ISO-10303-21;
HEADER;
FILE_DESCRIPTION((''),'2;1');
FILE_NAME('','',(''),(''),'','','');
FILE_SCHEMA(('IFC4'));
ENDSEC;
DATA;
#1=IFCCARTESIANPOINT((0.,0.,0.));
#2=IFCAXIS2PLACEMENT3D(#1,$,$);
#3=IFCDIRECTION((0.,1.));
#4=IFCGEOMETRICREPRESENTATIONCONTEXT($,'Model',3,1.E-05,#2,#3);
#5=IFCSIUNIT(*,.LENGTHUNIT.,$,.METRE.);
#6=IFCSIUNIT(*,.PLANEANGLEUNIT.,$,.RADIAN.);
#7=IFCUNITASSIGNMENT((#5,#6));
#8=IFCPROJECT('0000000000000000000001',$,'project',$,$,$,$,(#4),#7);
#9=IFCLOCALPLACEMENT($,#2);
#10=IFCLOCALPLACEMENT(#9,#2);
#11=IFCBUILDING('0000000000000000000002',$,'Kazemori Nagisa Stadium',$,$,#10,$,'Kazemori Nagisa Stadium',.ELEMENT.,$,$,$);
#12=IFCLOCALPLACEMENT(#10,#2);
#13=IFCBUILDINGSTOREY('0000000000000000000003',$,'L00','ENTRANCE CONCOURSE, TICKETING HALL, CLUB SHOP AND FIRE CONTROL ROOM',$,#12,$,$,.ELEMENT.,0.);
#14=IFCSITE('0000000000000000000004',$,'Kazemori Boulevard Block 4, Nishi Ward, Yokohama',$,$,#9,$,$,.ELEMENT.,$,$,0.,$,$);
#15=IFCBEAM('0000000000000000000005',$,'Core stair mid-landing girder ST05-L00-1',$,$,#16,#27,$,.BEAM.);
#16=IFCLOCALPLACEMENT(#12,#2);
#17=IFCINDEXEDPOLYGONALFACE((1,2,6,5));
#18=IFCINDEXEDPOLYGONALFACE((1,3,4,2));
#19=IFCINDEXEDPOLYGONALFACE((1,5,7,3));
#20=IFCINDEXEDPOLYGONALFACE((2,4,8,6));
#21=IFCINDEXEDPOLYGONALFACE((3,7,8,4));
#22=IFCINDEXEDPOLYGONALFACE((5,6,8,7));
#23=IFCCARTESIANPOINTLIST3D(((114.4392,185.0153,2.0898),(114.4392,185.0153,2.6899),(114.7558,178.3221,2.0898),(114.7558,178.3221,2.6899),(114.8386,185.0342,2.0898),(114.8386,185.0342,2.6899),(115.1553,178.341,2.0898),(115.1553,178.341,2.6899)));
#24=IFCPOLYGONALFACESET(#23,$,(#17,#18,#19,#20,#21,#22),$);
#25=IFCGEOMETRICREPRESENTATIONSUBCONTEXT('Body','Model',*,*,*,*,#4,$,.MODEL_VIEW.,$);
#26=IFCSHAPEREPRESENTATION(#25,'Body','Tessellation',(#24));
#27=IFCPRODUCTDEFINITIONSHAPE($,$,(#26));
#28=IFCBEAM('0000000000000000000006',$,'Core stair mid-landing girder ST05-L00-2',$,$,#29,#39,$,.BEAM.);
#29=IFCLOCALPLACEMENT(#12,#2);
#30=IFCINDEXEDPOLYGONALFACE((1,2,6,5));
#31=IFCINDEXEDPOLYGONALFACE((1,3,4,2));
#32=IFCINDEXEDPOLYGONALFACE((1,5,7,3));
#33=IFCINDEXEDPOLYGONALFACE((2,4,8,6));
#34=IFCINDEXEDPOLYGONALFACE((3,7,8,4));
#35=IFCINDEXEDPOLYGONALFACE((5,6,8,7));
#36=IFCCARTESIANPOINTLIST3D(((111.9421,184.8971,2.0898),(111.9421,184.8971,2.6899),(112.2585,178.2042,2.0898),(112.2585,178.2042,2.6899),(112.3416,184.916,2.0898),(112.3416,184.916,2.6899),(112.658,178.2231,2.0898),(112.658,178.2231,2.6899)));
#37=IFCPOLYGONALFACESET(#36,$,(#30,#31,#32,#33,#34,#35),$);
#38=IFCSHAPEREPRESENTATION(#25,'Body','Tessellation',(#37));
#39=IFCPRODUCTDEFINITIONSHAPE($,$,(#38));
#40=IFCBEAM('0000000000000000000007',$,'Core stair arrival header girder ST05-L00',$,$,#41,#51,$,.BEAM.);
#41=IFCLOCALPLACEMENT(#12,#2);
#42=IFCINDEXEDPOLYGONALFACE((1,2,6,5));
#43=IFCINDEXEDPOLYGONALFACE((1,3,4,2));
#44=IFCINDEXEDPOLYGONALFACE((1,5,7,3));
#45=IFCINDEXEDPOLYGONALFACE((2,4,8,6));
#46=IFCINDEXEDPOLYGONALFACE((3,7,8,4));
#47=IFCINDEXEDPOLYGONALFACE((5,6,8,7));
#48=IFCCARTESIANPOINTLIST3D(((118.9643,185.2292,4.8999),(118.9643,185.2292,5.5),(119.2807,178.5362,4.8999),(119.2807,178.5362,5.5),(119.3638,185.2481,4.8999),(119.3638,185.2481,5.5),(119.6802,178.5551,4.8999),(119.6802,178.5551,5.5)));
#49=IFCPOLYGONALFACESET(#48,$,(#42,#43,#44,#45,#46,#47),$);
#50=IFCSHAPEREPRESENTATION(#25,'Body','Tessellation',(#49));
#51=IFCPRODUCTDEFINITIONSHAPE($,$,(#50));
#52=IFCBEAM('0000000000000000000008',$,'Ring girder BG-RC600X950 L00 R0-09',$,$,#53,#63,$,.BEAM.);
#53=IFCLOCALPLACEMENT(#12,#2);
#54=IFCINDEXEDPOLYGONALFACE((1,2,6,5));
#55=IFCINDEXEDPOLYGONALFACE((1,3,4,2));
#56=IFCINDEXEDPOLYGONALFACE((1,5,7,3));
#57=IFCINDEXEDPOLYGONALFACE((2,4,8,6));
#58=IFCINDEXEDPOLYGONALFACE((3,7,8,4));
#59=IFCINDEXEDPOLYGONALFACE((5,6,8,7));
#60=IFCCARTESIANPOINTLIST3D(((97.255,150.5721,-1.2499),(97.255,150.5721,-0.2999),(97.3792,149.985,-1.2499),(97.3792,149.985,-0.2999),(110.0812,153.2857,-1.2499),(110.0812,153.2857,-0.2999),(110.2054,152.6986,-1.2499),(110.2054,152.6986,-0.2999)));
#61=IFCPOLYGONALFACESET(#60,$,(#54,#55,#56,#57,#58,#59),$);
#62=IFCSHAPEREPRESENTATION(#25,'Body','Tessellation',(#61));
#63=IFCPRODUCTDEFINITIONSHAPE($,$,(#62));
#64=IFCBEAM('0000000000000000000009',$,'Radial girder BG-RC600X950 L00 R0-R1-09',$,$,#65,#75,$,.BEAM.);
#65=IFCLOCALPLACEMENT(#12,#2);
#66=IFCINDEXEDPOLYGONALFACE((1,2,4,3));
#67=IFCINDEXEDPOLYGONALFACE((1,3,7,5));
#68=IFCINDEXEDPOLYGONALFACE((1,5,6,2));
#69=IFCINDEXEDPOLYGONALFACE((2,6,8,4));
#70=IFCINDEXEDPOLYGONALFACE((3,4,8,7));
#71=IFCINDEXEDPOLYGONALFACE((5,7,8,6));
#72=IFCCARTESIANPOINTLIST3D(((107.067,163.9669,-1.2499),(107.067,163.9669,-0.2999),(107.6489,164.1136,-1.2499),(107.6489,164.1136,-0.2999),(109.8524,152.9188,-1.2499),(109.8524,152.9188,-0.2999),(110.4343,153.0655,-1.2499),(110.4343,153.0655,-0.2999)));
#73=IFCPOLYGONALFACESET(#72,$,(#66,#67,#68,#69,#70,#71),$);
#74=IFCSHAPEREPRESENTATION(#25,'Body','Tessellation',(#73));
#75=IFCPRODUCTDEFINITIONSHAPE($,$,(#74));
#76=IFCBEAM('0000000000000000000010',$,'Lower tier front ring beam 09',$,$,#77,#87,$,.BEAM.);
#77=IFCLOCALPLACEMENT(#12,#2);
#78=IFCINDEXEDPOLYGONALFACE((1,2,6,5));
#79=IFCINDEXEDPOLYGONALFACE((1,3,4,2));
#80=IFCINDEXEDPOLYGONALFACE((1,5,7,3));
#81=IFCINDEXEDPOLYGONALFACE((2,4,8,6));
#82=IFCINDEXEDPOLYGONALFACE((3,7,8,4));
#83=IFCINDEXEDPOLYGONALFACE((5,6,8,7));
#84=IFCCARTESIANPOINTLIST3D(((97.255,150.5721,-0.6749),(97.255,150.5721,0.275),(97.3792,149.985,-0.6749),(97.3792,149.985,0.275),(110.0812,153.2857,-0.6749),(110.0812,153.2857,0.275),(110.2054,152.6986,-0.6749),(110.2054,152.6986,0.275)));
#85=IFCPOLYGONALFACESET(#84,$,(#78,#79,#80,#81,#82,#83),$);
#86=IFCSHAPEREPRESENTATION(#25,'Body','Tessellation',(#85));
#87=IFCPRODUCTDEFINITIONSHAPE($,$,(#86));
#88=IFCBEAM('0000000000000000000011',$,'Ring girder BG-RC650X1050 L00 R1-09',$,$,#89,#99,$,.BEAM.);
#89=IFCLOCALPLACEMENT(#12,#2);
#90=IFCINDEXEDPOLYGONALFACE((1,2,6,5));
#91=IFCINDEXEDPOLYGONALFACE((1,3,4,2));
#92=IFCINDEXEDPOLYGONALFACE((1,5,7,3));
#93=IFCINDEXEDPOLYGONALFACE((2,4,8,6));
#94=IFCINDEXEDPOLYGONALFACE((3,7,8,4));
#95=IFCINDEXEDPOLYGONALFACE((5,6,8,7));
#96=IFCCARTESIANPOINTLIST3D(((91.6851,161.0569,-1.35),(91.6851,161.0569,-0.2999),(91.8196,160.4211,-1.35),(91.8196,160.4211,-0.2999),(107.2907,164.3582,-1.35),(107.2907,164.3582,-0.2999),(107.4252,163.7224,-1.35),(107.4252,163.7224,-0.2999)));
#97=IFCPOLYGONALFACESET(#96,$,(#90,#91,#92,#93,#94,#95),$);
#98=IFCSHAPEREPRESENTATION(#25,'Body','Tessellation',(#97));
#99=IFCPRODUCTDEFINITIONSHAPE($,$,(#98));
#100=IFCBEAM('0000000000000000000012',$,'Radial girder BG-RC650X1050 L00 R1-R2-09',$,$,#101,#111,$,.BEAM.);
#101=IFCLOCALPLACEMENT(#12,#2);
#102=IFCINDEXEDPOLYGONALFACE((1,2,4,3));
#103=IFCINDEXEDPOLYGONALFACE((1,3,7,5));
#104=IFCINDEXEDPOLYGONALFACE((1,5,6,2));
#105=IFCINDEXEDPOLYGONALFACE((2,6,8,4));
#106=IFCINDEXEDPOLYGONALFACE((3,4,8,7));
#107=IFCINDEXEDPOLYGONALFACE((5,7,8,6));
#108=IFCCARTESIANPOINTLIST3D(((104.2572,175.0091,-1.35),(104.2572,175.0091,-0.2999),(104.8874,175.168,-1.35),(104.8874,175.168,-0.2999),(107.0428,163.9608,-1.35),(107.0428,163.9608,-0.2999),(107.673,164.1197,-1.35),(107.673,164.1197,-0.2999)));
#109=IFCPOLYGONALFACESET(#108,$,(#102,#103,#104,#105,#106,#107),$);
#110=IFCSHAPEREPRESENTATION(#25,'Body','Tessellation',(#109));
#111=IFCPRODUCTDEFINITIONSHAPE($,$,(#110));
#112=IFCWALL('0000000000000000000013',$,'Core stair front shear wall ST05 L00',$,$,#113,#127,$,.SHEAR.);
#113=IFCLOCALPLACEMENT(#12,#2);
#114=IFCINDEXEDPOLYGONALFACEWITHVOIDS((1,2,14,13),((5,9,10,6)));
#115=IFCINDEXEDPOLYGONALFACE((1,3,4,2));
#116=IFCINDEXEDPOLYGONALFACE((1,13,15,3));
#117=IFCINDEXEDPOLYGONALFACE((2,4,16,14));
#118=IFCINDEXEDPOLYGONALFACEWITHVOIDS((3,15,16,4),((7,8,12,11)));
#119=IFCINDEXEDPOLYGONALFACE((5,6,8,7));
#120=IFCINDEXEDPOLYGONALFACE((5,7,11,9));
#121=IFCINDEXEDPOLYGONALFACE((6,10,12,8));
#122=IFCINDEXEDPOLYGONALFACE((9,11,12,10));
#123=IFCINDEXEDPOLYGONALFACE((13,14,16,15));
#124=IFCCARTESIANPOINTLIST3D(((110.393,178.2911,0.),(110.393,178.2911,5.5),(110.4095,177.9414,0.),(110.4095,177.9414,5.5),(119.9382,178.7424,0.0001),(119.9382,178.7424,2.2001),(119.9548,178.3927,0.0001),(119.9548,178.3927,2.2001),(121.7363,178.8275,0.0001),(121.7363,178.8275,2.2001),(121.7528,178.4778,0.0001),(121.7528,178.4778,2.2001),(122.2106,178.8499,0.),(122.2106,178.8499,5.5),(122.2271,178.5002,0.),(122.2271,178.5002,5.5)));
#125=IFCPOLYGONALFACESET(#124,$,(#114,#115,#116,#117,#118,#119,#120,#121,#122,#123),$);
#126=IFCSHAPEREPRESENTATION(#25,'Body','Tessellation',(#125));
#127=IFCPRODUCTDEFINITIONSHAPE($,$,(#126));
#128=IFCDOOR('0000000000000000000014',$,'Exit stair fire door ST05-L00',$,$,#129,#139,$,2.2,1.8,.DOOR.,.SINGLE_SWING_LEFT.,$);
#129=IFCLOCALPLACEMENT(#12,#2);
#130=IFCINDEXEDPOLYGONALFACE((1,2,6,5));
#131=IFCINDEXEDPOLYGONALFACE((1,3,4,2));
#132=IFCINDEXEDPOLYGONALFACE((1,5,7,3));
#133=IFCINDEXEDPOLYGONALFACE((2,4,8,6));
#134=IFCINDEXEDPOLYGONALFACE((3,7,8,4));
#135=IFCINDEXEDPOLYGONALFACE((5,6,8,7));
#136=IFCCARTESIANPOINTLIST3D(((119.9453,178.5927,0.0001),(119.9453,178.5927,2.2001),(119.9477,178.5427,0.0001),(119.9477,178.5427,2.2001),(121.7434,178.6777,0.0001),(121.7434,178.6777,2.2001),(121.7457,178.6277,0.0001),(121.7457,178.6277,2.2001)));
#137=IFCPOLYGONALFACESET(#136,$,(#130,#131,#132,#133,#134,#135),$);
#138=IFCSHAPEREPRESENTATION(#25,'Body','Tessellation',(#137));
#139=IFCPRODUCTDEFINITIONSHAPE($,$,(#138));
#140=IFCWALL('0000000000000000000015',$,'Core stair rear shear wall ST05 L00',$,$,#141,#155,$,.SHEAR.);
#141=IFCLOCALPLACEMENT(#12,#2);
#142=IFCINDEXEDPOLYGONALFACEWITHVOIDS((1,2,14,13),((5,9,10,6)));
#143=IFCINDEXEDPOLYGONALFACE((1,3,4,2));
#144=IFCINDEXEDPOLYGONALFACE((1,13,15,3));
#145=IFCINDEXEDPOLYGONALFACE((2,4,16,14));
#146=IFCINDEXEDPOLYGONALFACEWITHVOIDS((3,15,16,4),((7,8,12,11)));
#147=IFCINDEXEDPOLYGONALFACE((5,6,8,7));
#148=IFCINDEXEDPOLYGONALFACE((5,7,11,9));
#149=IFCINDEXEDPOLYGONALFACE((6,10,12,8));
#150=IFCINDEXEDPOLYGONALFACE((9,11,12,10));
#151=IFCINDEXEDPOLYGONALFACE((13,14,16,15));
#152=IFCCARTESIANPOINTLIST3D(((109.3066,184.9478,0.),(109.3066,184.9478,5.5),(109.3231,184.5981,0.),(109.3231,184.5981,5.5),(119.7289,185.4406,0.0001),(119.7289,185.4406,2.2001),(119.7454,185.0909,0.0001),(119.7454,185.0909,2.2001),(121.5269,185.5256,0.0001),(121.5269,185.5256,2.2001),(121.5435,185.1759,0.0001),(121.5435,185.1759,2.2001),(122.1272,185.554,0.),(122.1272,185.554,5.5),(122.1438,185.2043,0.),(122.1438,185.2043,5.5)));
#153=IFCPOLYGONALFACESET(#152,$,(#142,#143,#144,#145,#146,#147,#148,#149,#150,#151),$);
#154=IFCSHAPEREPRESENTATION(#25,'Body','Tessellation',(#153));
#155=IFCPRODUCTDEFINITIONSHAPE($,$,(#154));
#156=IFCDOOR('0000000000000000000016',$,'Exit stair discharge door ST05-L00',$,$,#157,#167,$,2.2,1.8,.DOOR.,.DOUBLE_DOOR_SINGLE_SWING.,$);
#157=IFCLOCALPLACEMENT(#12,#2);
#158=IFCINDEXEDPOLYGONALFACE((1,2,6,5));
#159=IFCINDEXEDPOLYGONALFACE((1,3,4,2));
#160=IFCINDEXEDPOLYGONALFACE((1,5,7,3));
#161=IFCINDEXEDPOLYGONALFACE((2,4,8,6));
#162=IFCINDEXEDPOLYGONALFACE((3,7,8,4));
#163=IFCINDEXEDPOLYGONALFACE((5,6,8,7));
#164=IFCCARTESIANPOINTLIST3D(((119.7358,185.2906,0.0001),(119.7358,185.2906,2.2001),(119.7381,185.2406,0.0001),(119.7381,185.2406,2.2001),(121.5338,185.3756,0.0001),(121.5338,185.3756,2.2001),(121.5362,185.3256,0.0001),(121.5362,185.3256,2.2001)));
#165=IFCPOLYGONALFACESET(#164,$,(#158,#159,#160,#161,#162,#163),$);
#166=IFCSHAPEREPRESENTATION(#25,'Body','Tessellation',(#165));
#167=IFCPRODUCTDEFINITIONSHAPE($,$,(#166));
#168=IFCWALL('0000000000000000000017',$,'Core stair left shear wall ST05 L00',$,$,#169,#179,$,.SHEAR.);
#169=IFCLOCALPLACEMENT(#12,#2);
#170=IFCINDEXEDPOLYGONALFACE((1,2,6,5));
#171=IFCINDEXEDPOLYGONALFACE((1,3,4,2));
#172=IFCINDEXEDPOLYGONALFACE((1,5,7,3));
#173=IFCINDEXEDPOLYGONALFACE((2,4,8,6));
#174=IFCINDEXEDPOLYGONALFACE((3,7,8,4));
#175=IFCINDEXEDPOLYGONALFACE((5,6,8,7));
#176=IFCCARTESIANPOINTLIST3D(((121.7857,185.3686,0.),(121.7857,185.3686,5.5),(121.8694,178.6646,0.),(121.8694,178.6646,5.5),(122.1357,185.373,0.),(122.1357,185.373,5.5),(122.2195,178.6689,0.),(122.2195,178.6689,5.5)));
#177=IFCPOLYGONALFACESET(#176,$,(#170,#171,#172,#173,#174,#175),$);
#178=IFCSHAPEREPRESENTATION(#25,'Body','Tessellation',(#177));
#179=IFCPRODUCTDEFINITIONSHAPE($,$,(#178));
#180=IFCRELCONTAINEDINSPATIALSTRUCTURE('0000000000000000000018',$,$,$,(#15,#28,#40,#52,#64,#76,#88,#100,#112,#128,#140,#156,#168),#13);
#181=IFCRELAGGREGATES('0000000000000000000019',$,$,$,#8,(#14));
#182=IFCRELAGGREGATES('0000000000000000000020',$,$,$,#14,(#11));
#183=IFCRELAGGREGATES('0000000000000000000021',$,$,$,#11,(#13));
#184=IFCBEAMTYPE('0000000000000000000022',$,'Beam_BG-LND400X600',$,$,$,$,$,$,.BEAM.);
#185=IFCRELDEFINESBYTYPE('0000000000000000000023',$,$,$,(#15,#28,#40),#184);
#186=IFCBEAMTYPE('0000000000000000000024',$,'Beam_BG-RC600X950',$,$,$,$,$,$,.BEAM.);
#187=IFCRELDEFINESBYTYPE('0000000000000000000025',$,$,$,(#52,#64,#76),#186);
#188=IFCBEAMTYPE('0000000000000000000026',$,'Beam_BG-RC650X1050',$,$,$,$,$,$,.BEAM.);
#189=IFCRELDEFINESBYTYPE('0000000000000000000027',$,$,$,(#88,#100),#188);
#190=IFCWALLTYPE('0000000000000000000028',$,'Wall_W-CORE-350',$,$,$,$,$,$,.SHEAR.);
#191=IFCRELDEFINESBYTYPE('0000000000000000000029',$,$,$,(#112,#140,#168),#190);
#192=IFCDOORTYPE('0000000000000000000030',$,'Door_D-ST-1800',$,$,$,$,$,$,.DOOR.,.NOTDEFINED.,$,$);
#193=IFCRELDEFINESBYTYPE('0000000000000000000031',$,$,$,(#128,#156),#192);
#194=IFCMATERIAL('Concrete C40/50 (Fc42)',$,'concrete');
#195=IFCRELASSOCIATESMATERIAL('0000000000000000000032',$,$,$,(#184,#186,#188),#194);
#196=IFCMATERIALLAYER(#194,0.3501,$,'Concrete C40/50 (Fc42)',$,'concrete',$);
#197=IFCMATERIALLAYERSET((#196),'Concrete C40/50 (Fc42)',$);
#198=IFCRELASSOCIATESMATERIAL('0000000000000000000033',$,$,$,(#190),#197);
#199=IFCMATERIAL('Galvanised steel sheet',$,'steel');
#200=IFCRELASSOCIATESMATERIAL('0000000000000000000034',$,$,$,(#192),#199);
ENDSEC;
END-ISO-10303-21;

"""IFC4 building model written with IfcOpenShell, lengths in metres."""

from ifc_helpers import new_model, si_unit, direction, frame, frame_2d, origin, origin_2d, place, context, subcontext, project, spatial, rectangle, extrude, material, layer, layer_set, material_profile, profile_set, type_object, element, fill, save


model = new_model("IFC4")

# Units and contexts
model_context = context("Model", 3, precision=1e-05, world=origin(), true_north=direction((0.0, 1.0)))
body_context = subcontext(model_context, "Body", "Model", "MODEL_VIEW")
ifc_project = project(units=[si_unit("LENGTHUNIT", "METRE"), si_unit("PLANEANGLEUNIT", "RADIAN")], contexts=[model_context])

# Site, building, storey
site_placement = place(None, origin())
site = spatial("IfcSite", under=ifc_project, at=site_placement, Name="Kazemori Boulevard Block 4, Nishi Ward, Yokohama", CompositionType="ELEMENT", RefElevation=0.0)
building_placement = place(site_placement, origin())
building = spatial("IfcBuilding", under=site, at=building_placement, Name="Kazemori Nagisa Stadium", LongName="Kazemori Nagisa Stadium", CompositionType="ELEMENT")
storey_placement = place(building_placement, origin())
storey = spatial("IfcBuildingStorey", under=building, at=storey_placement, Name="L00", Description="ENTRANCE CONCOURSE, TICKETING HALL, CLUB SHOP AND FIRE CONTROL ROOM", CompositionType="ELEMENT", Elevation=0.0)

# Beams
ifc_material_1 = material(Name="Concrete C40/50 (Fc42)", Category="concrete")
ifc_material_profile_1 = material_profile(ifc_material_1, rectangle(XDim=0.3999, YDim=0.6001, at=origin_2d()), Name="RC-BM-400x600")
ifc_profile_set_1 = profile_set([ifc_material_profile_1], Name="Concrete C40/50 (Fc42)")
beam_type_1 = type_object("IfcBeamType", Name="Beam_BG-LND400X600", PredefinedType="BEAM", material=ifc_profile_set_1)
beam_1_placement = place(storey_placement, frame((114.9556, 178.3315, 2.3899), z_axis=(-0.047257, 0.998883, 0.0), x_axis=(-0.998883, -0.047257, 0.0)))
element("IfcBeam", 1, at=beam_1_placement, inside=storey, type_object=beam_type_1, Name="Core stair mid-landing girder ST05-L00-1", PredefinedType="BEAM", context=body_context, shape_type="SweptSolid", body=[
    extrude(rectangle(XDim=0.3999, YDim=0.6001, at=origin_2d()), origin(), (0.0, 0.0, 1.0), 6.7007),
])
for number, where, z_axis, x_axis, name in (
    (2, (112.4583, 178.2136, 2.3899), (-0.047222, 0.998884, 0.0), (-0.998884, -0.047222, 0.0), "Core stair mid-landing girder ST05-L00-2"),
    (3, (119.4805, 178.5457, 5.2), (-0.047222, 0.998884, 0.0), (-0.998884, -0.047222, 0.0), "Core stair arrival header girder ST05-L00"),
):
    element("IfcBeam", number, at=place(storey_placement, frame(where, z_axis=z_axis, x_axis=x_axis)), inside=storey, type_object=beam_type_1, Name=name, PredefinedType="BEAM", context=body_context, shape_type="SweptSolid", body=[
        extrude(rectangle(XDim=0.3999, YDim=0.6001, at=origin_2d()), origin(), (0.0, 0.0, 1.0), 6.7004),
    ])
ifc_material_profile_2 = material_profile(ifc_material_1, rectangle(XDim=0.6001, YDim=0.95, at=origin_2d()), Name="RC-BM-600x950")
ifc_profile_set_2 = profile_set([ifc_material_profile_2], Name="Concrete C40/50 (Fc42)")
beam_type_2 = type_object("IfcBeamType", Name="Beam_BG-RC600X950", PredefinedType="BEAM", material=ifc_profile_set_2)
beam_2_placement = place(storey_placement, frame((110.1433, 152.9922, -0.7749), z_axis=(-0.978344, -0.206987, 0.0), x_axis=(0.206987, -0.978344, 0.0)))
element("IfcBeam", 4, at=beam_2_placement, inside=storey, type_object=beam_type_2, Name="Ring girder BG-RC600X950 L00 R0-09", PredefinedType="BEAM", context=body_context, shape_type="SweptSolid", body=[
    extrude(rectangle(XDim=0.6001, YDim=0.95, at=origin_2d()), origin(), (0.0, 0.0, 1.0), 13.1101),
])
beam_3_placement = place(storey_placement, frame((110.1433, 152.9922, -0.7749), z_axis=(-0.244466, 0.969658, 0.0), x_axis=(-0.969658, -0.244466, 0.0)))
element("IfcBeam", 5, at=beam_3_placement, inside=storey, type_object=beam_type_2, Name="Radial girder BG-RC600X950 L00 R0-R1-09", PredefinedType="BEAM", context=body_context, shape_type="SweptSolid", body=[
    extrude(rectangle(XDim=0.6001, YDim=0.95, at=origin_2d()), origin(), (0.0, 0.0, 1.0), 11.3938),
])
beam_4_placement = place(storey_placement, frame((110.1433, 152.9922, -0.2), z_axis=(-0.978344, -0.206987, 0.0), x_axis=(0.206987, -0.978344, 0.0)))
element("IfcBeam", 6, at=beam_4_placement, inside=storey, type_object=beam_type_2, Name="Lower tier front ring beam 09", PredefinedType="BEAM", context=body_context, shape_type="SweptSolid", body=[
    extrude(rectangle(XDim=0.6001, YDim=0.95, at=origin_2d()), origin(), (0.0, 0.0, 1.0), 13.1101),
])
ifc_material_profile_3 = material_profile(ifc_material_1, rectangle(XDim=0.6499, YDim=1.05, at=origin_2d()), Name="RC-BM-650x1050")
ifc_profile_set_3 = profile_set([ifc_material_profile_3], Name="Concrete C40/50 (Fc42)")
beam_type_3 = type_object("IfcBeamType", Name="Beam_BG-RC650X1050", PredefinedType="BEAM", material=ifc_profile_set_3)
beam_5_placement = place(storey_placement, frame((107.3579, 164.0403, -0.825), z_axis=(-0.978348, -0.206965, 0.0), x_axis=(0.206965, -0.978348, 0.0)))
element("IfcBeam", 7, at=beam_5_placement, inside=storey, type_object=beam_type_3, Name="Ring girder BG-RC650X1050 L00 R1-09", PredefinedType="BEAM", context=body_context, shape_type="SweptSolid", body=[
    extrude(rectangle(XDim=0.6499, YDim=1.05, at=origin_2d()), origin(), (0.0, 0.0, 1.0), 15.9509),
])
beam_6_placement = place(storey_placement, frame((107.3579, 164.0403, -0.825), z_axis=(-0.244481, 0.969654, 0.0), x_axis=(-0.969654, -0.244481, 0.0)))
element("IfcBeam", 8, at=beam_6_placement, inside=storey, type_object=beam_type_3, Name="Radial girder BG-RC650X1050 L00 R1-R2-09", PredefinedType="BEAM", context=body_context, shape_type="SweptSolid", body=[
    extrude(rectangle(XDim=0.6499, YDim=1.05, at=origin_2d()), origin(), (0.0, 0.0, 1.0), 11.394),
])

# Walls, openings, doors
ifc_layer_1 = layer(ifc_material_1, 0.3501, Name="Concrete C40/50 (Fc42)", Category="concrete")
ifc_layer_set_1 = layer_set([ifc_layer_1], Name="Concrete C40/50 (Fc42)")
wall_type_1 = type_object("IfcWallType", Name="Wall_W-CORE-350", PredefinedType="SHEAR", material=ifc_layer_set_1)
wall_1_placement = place(storey_placement, frame((122.219, 178.675, 0.0), z_axis=(0.0, 0.0, 1.0), x_axis=(-0.998884, -0.047236, 0.0)))
wall_1 = element("IfcWall", 9, at=wall_1_placement, inside=storey, type_object=wall_type_1, Name="Core stair front shear wall ST05 L00", PredefinedType="SHEAR", context=body_context, shape_type="SweptSolid", body=[
    extrude(rectangle(XDim=11.8308, YDim=0.3501, at=frame_2d((5.9155, 0.0))), origin(), (0.0, 0.0, 1.0), 5.5),
])
opening_1_placement = place(wall_1_placement, frame((0.4751, 0.0, 0.0)))
opening_1 = element("IfcOpeningElement", 10, at=opening_1_placement, cuts=wall_1, PredefinedType="OPENING", context=body_context, shape_type="SweptSolid", body=[
    extrude(rectangle(XDim=1.8, YDim=2.2, at=frame_2d((0.8999, 1.1001))), frame((0.0, 0.1851, 0.0), z_axis=(0.0, -1.0, 0.0), x_axis=(1.0, 0.0, 0.0)), (0.0, 0.0, 1.0), 0.3701),
])
ifc_material_2 = material(Name="Galvanised steel sheet", Category="steel")
door_type_1 = type_object("IfcDoorType", Name="Door_D-ST-1800", OperationType="NOTDEFINED", PredefinedType="DOOR", material=ifc_material_2)
door_1_placement = place(opening_1_placement, origin())
door_1 = element("IfcDoor", 11, at=door_1_placement, inside=storey, type_object=door_type_1, Name="Exit stair fire door ST05-L00", OperationType="SINGLE_SWING_LEFT", OverallHeight=2.2, OverallWidth=1.8, PredefinedType="DOOR", context=body_context, shape_type="SweptSolid", body=[
    extrude(rectangle(XDim=1.8, YDim=2.2, at=frame_2d((0.8999, 1.1001))), frame((0.0, 0.0249, 0.0), z_axis=(0.0, -1.0, 0.0), x_axis=(1.0, 0.0, 0.0)), (0.0, 0.0, 1.0), 0.05),
])
fill(opening_1, door_1)
wall_2_placement = place(storey_placement, frame((122.1355, 185.3792, 0.0), z_axis=(0.0, 0.0, 1.0), x_axis=(-0.998884, -0.047231, 0.0)))
wall_2 = element("IfcWall", 12, at=wall_2_placement, inside=storey, type_object=wall_type_1, Name="Core stair rear shear wall ST05 L00", PredefinedType="SHEAR", context=body_context, shape_type="SweptSolid", body=[
    extrude(rectangle(XDim=12.835, YDim=0.3501, at=frame_2d((6.4175, 0.0))), origin(), (0.0, 0.0, 1.0), 5.5),
])
opening_2_placement = place(wall_2_placement, frame((0.6011, 0.0, 0.0)))
opening_2 = element("IfcOpeningElement", 13, at=opening_2_placement, cuts=wall_2, PredefinedType="OPENING", context=body_context, shape_type="SweptSolid", body=[
    extrude(rectangle(XDim=1.8, YDim=2.2, at=frame_2d((0.8999, 1.1001))), frame((0.0, 0.1851, 0.0), z_axis=(0.0, -1.0, 0.0), x_axis=(1.0, 0.0, 0.0)), (0.0, 0.0, 1.0), 0.3701),
])
door_2_placement = place(opening_2_placement, frame((1.8, 0.0, 0.0), z_axis=(0.0, 0.0, 1.0), x_axis=(-1.0, 0.0, 0.0)))
door_2 = element("IfcDoor", 14, at=door_2_placement, inside=storey, type_object=door_type_1, Name="Exit stair discharge door ST05-L00", OperationType="DOUBLE_DOOR_SINGLE_SWING", OverallHeight=2.2, OverallWidth=1.8, PredefinedType="DOOR", context=body_context, shape_type="SweptSolid", body=[
    extrude(rectangle(XDim=1.8, YDim=2.2, at=frame_2d((0.8999, 1.1001))), frame((0.0, 0.0249, 0.0), z_axis=(0.0, -1.0, 0.0), x_axis=(1.0, 0.0, 0.0)), (0.0, 0.0, 1.0), 0.05),
])
fill(opening_2, door_2)

# Wall
wall_3_placement = place(storey_placement, frame((122.0444, 178.6667, 0.0), z_axis=(0.0, 0.0, 1.0), x_axis=(-0.01249, 0.999922, 0.0)))
element("IfcWall", 15, at=wall_3_placement, inside=storey, type_object=wall_type_1, Name="Core stair left shear wall ST05 L00", PredefinedType="SHEAR", context=body_context, shape_type="SweptSolid", body=[
    extrude(rectangle(XDim=6.7046, YDim=0.3501, at=frame_2d((3.3523, 0.0))), origin(), (0.0, 0.0, 1.0), 5.5),
])

save(model, "model.ifc")
